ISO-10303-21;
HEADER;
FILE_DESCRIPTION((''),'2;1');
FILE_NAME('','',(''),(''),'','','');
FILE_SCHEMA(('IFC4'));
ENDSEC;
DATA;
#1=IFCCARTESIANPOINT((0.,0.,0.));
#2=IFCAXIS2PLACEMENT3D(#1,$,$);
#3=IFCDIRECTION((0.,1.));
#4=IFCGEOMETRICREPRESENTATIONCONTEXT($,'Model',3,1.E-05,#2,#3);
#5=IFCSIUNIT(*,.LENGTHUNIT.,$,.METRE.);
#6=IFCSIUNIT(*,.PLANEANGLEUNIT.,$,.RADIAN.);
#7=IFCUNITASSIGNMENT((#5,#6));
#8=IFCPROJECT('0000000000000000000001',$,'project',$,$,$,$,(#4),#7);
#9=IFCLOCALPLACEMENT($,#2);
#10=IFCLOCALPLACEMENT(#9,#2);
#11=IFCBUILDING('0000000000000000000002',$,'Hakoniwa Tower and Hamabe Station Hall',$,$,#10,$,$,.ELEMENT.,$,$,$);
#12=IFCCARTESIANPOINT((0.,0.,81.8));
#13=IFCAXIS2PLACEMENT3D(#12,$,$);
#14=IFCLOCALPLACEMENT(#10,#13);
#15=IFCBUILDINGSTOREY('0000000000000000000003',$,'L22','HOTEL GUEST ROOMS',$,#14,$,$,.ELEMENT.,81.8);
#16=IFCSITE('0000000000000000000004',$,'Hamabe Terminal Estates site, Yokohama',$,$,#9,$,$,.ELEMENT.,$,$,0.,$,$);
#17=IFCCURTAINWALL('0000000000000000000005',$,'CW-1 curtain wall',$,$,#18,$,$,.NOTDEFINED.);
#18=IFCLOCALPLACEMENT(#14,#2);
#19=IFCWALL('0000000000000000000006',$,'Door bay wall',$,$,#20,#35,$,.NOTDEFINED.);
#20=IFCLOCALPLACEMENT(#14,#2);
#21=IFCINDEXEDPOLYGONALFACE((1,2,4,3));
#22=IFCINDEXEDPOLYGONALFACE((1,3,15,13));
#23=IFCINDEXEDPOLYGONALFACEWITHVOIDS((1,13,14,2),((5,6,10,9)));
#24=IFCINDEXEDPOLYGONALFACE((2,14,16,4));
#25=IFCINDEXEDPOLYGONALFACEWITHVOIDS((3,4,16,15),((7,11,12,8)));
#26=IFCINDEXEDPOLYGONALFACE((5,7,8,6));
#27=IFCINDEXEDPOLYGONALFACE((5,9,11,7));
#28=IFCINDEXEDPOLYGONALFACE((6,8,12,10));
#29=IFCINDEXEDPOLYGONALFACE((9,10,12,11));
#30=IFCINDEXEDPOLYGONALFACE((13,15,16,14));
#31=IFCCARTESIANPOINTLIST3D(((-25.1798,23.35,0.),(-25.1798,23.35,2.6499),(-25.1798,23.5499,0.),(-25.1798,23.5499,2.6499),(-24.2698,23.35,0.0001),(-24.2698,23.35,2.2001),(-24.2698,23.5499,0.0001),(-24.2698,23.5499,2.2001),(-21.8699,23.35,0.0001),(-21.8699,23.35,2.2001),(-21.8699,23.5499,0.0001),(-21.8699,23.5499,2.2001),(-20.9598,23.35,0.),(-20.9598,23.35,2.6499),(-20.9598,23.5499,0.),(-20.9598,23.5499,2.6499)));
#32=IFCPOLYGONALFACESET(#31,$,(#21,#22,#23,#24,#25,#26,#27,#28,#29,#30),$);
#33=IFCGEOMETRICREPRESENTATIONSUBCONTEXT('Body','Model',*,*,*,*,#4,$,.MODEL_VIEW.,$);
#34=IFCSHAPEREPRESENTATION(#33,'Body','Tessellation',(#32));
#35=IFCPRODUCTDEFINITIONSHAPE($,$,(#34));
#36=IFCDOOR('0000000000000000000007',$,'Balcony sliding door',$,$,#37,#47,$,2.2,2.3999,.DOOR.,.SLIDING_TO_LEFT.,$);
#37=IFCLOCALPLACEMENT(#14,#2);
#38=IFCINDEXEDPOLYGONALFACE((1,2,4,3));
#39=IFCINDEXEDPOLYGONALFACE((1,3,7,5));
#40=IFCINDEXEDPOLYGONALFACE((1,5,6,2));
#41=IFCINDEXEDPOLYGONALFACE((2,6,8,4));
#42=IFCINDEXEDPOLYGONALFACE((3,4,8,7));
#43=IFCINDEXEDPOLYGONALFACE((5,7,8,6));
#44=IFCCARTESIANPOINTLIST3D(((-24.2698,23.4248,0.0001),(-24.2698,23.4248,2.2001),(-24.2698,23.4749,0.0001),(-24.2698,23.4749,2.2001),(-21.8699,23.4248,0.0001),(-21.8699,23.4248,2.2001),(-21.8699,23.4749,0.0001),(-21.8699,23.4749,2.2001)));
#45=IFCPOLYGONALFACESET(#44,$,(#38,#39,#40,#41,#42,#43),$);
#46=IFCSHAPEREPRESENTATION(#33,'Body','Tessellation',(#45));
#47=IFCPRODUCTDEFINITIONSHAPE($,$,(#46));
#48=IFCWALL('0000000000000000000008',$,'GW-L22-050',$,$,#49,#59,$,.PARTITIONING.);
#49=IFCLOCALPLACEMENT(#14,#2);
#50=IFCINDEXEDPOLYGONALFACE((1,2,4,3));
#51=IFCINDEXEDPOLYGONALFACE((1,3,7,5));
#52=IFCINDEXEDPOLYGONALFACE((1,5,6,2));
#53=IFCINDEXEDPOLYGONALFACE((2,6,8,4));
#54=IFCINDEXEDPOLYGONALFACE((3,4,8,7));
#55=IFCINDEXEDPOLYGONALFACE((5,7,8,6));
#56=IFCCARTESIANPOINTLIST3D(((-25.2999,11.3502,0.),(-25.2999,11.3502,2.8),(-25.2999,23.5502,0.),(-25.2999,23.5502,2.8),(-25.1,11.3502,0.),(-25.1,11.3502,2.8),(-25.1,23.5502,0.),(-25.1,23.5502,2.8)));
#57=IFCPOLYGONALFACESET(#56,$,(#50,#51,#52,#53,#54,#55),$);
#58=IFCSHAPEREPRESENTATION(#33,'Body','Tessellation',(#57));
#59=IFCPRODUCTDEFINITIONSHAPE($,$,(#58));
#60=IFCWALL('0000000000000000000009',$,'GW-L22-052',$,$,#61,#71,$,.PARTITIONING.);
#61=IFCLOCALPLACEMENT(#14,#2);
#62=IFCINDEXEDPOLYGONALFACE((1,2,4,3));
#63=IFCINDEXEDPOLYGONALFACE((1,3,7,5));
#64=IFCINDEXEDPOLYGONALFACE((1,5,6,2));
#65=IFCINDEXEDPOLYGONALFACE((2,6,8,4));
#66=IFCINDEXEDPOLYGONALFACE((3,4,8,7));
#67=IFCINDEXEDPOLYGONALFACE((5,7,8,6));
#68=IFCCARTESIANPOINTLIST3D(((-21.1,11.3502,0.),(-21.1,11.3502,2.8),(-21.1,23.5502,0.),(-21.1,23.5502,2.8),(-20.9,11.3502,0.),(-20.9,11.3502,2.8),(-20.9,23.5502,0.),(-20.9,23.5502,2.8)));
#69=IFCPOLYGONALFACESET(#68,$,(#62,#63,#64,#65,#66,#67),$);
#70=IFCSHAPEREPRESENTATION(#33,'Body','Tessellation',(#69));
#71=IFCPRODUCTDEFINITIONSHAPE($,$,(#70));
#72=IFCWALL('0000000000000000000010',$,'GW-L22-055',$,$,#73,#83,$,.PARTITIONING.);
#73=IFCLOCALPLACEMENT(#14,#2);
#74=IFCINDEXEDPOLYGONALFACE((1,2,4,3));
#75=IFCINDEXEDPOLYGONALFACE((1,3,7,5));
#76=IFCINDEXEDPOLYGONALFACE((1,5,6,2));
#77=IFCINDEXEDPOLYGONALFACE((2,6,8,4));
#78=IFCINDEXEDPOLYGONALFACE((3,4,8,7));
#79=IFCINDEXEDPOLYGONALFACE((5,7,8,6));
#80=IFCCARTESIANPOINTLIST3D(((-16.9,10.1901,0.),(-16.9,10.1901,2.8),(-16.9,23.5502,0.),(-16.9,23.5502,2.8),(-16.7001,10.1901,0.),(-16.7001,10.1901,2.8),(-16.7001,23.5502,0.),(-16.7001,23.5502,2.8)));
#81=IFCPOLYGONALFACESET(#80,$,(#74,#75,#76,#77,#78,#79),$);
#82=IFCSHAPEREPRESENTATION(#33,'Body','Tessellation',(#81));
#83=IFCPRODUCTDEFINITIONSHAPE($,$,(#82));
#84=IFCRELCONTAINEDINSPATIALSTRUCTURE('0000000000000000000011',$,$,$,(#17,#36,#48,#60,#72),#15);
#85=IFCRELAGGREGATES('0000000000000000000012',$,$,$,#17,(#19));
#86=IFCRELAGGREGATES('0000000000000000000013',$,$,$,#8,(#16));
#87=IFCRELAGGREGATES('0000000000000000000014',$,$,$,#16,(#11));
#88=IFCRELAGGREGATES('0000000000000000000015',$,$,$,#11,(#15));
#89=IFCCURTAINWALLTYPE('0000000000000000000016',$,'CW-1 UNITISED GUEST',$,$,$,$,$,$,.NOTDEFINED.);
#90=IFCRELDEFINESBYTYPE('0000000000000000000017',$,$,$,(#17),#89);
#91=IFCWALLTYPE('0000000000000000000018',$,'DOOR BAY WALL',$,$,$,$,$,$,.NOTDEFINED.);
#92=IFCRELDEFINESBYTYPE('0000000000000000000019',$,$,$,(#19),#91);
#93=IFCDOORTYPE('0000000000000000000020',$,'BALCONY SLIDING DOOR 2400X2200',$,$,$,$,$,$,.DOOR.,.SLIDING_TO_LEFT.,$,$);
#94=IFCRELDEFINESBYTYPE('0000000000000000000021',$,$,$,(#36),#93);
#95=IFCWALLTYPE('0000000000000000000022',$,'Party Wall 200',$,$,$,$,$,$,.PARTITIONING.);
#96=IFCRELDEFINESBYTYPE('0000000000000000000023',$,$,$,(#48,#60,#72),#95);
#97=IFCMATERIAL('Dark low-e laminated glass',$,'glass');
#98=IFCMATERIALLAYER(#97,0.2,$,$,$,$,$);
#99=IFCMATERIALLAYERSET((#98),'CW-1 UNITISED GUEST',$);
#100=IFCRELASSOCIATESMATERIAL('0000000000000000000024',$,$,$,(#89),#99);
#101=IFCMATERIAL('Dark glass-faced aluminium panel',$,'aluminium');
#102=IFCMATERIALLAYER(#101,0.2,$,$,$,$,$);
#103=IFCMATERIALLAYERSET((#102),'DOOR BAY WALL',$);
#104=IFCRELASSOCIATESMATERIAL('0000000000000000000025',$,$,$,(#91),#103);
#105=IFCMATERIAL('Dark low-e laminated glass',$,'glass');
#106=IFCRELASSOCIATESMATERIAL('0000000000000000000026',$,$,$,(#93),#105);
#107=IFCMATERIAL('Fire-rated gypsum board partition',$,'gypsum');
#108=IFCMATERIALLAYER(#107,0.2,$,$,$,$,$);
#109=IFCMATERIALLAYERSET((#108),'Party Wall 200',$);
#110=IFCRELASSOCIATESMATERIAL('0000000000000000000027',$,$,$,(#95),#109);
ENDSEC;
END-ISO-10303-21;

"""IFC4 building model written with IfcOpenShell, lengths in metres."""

from ifc_helpers import new_model, si_unit, direction, frame, frame_2d, origin, place, context, subcontext, project, spatial, rectangle, extrude, material, layer, layer_set, type_object, element, fill, aggregate, save


model = new_model("IFC4")

# Units and contexts
model_context = context("Model", 3, precision=1e-05, world=origin(), true_north=direction((0.0, 1.0)))
body_context = subcontext(model_context, "Body", "Model", "MODEL_VIEW")
ifc_project = project(units=[si_unit("LENGTHUNIT", "METRE"), si_unit("PLANEANGLEUNIT", "RADIAN")], contexts=[model_context])

# Site, building, storey
site_placement = place(None, origin())
site = spatial("IfcSite", under=ifc_project, at=site_placement, Name="Hamabe Terminal Estates site, Yokohama", CompositionType="ELEMENT", RefElevation=0.0)
building_placement = place(site_placement, origin())
building = spatial("IfcBuilding", under=site, at=building_placement, Name="Hakoniwa Tower and Hamabe Station Hall", CompositionType="ELEMENT")
storey_placement = place(building_placement, frame((0.0, 0.0, 81.8)))
storey = spatial("IfcBuildingStorey", under=building, at=storey_placement, Name="L22", Description="HOTEL GUEST ROOMS", CompositionType="ELEMENT", Elevation=81.8)

# Curtain wall
ifc_material_1 = material(Name="Dark low-e laminated glass", Category="glass")
ifc_layer_1 = layer(ifc_material_1, 0.2)
ifc_layer_set_1 = layer_set([ifc_layer_1], Name="CW-1 UNITISED GUEST")
curtain_wall_type = type_object("IfcCurtainWallType", Name="CW-1 UNITISED GUEST", PredefinedType="NOTDEFINED", material=ifc_layer_set_1)
curtain_wall_placement = place(storey_placement, origin())
curtain_wall = element("IfcCurtainWall", 1, at=curtain_wall_placement, inside=storey, type_object=curtain_wall_type, Name="CW-1 curtain wall", PredefinedType="NOTDEFINED")

# Wall, opening, door
ifc_material_2 = material(Name="Dark glass-faced aluminium panel", Category="aluminium")
ifc_layer_2 = layer(ifc_material_2, 0.2)
ifc_layer_set_2 = layer_set([ifc_layer_2], Name="DOOR BAY WALL")
wall_type_1 = type_object("IfcWallType", Name="DOOR BAY WALL", PredefinedType="NOTDEFINED", material=ifc_layer_set_2)
ifc_material_3 = material(Name="Dark low-e laminated glass", Category="glass")
door_type_1 = type_object("IfcDoorType", Name="BALCONY SLIDING DOOR 2400X2200", OperationType="SLIDING_TO_LEFT", PredefinedType="DOOR", material=ifc_material_3)
wall_1_placement = place(storey_placement, frame((-20.96, 23.45, 0.0), z_axis=(0.0, 0.0, 1.0), x_axis=(-1.0, 0.0, 0.0)))
wall_1 = element("IfcWall", 2, at=wall_1_placement, type_object=wall_type_1, Name="Door bay wall", PredefinedType="NOTDEFINED", context=body_context, shape_type="SweptSolid", body=[
    extrude(rectangle(XDim=4.22, YDim=0.2, at=frame_2d((2.1099, 0.0))), origin(), (0.0, 0.0, 1.0), 2.6499),
])
opening_1_placement = place(wall_1_placement, frame((0.9099, 0.0, 0.0)))
opening_1 = element("IfcOpeningElement", 3, at=opening_1_placement, cuts=wall_1, PredefinedType="OPENING", context=body_context, shape_type="SweptSolid", body=[
    extrude(rectangle(XDim=2.3999, YDim=2.2, at=frame_2d((1.2, 1.1001))), frame((0.0, 0.1099, 0.0), z_axis=(0.0, -1.0, 0.0), x_axis=(1.0, 0.0, 0.0)), (0.0, 0.0, 1.0), 0.22),
])
door_1_placement = place(opening_1_placement, frame((2.3999, 0.0, 0.0), z_axis=(0.0, 0.0, 1.0), x_axis=(-1.0, 0.0, 0.0)))
door_1 = element("IfcDoor", 4, at=door_1_placement, inside=storey, type_object=door_type_1, Name="Balcony sliding door", OperationType="SLIDING_TO_LEFT", OverallHeight=2.2, OverallWidth=2.3999, PredefinedType="DOOR", context=body_context, shape_type="SweptSolid", body=[
    extrude(rectangle(XDim=2.3999, YDim=2.2, at=frame_2d((1.2, 1.1001))), frame((0.0, 0.0249, 0.0), z_axis=(0.0, -1.0, 0.0), x_axis=(1.0, 0.0, 0.0)), (0.0, 0.0, 1.0), 0.05),
])
fill(opening_1, door_1)
aggregate(curtain_wall, [wall_1])

# Walls
ifc_material_4 = material(Name="Fire-rated gypsum board partition", Category="gypsum")
ifc_layer_3 = layer(ifc_material_4, 0.2)
ifc_layer_set_3 = layer_set([ifc_layer_3], Name="Party Wall 200")
wall_type_2 = type_object("IfcWallType", Name="Party Wall 200", PredefinedType="PARTITIONING", material=ifc_layer_set_3)
for number, where, z_axis, x_axis, name in (
    (5, (-25.2, 11.3501, 0.0), (0.0, 0.0, 1.0), (0.0, 1.0, 0.0), "GW-L22-050"),
    (6, (-21.0, 11.3501, 0.0), (0.0, 0.0, 1.0), (0.0, 1.0, 0.0), "GW-L22-052"),
):
    element("IfcWall", number, at=place(storey_placement, frame(where, z_axis=z_axis, x_axis=x_axis)), inside=storey, type_object=wall_type_2, Name=name, PredefinedType="PARTITIONING", context=body_context, shape_type="SweptSolid", body=[
        extrude(rectangle(XDim=12.2, YDim=0.2, at=frame_2d((6.1001, 0.0))), origin(), (0.0, 0.0, 1.0), 2.8),
    ])
wall_2_placement = place(storey_placement, frame((-16.8, 10.1899, 0.0), z_axis=(0.0, 0.0, 1.0), x_axis=(0.0, 1.0, 0.0)))
element("IfcWall", 7, at=wall_2_placement, inside=storey, type_object=wall_type_2, Name="GW-L22-055", PredefinedType="PARTITIONING", context=body_context, shape_type="SweptSolid", body=[
    extrude(rectangle(XDim=13.3601, YDim=0.2, at=frame_2d((6.6802, 0.0))), origin(), (0.0, 0.0, 1.0), 2.8),
])

save(model, "model.ifc")
